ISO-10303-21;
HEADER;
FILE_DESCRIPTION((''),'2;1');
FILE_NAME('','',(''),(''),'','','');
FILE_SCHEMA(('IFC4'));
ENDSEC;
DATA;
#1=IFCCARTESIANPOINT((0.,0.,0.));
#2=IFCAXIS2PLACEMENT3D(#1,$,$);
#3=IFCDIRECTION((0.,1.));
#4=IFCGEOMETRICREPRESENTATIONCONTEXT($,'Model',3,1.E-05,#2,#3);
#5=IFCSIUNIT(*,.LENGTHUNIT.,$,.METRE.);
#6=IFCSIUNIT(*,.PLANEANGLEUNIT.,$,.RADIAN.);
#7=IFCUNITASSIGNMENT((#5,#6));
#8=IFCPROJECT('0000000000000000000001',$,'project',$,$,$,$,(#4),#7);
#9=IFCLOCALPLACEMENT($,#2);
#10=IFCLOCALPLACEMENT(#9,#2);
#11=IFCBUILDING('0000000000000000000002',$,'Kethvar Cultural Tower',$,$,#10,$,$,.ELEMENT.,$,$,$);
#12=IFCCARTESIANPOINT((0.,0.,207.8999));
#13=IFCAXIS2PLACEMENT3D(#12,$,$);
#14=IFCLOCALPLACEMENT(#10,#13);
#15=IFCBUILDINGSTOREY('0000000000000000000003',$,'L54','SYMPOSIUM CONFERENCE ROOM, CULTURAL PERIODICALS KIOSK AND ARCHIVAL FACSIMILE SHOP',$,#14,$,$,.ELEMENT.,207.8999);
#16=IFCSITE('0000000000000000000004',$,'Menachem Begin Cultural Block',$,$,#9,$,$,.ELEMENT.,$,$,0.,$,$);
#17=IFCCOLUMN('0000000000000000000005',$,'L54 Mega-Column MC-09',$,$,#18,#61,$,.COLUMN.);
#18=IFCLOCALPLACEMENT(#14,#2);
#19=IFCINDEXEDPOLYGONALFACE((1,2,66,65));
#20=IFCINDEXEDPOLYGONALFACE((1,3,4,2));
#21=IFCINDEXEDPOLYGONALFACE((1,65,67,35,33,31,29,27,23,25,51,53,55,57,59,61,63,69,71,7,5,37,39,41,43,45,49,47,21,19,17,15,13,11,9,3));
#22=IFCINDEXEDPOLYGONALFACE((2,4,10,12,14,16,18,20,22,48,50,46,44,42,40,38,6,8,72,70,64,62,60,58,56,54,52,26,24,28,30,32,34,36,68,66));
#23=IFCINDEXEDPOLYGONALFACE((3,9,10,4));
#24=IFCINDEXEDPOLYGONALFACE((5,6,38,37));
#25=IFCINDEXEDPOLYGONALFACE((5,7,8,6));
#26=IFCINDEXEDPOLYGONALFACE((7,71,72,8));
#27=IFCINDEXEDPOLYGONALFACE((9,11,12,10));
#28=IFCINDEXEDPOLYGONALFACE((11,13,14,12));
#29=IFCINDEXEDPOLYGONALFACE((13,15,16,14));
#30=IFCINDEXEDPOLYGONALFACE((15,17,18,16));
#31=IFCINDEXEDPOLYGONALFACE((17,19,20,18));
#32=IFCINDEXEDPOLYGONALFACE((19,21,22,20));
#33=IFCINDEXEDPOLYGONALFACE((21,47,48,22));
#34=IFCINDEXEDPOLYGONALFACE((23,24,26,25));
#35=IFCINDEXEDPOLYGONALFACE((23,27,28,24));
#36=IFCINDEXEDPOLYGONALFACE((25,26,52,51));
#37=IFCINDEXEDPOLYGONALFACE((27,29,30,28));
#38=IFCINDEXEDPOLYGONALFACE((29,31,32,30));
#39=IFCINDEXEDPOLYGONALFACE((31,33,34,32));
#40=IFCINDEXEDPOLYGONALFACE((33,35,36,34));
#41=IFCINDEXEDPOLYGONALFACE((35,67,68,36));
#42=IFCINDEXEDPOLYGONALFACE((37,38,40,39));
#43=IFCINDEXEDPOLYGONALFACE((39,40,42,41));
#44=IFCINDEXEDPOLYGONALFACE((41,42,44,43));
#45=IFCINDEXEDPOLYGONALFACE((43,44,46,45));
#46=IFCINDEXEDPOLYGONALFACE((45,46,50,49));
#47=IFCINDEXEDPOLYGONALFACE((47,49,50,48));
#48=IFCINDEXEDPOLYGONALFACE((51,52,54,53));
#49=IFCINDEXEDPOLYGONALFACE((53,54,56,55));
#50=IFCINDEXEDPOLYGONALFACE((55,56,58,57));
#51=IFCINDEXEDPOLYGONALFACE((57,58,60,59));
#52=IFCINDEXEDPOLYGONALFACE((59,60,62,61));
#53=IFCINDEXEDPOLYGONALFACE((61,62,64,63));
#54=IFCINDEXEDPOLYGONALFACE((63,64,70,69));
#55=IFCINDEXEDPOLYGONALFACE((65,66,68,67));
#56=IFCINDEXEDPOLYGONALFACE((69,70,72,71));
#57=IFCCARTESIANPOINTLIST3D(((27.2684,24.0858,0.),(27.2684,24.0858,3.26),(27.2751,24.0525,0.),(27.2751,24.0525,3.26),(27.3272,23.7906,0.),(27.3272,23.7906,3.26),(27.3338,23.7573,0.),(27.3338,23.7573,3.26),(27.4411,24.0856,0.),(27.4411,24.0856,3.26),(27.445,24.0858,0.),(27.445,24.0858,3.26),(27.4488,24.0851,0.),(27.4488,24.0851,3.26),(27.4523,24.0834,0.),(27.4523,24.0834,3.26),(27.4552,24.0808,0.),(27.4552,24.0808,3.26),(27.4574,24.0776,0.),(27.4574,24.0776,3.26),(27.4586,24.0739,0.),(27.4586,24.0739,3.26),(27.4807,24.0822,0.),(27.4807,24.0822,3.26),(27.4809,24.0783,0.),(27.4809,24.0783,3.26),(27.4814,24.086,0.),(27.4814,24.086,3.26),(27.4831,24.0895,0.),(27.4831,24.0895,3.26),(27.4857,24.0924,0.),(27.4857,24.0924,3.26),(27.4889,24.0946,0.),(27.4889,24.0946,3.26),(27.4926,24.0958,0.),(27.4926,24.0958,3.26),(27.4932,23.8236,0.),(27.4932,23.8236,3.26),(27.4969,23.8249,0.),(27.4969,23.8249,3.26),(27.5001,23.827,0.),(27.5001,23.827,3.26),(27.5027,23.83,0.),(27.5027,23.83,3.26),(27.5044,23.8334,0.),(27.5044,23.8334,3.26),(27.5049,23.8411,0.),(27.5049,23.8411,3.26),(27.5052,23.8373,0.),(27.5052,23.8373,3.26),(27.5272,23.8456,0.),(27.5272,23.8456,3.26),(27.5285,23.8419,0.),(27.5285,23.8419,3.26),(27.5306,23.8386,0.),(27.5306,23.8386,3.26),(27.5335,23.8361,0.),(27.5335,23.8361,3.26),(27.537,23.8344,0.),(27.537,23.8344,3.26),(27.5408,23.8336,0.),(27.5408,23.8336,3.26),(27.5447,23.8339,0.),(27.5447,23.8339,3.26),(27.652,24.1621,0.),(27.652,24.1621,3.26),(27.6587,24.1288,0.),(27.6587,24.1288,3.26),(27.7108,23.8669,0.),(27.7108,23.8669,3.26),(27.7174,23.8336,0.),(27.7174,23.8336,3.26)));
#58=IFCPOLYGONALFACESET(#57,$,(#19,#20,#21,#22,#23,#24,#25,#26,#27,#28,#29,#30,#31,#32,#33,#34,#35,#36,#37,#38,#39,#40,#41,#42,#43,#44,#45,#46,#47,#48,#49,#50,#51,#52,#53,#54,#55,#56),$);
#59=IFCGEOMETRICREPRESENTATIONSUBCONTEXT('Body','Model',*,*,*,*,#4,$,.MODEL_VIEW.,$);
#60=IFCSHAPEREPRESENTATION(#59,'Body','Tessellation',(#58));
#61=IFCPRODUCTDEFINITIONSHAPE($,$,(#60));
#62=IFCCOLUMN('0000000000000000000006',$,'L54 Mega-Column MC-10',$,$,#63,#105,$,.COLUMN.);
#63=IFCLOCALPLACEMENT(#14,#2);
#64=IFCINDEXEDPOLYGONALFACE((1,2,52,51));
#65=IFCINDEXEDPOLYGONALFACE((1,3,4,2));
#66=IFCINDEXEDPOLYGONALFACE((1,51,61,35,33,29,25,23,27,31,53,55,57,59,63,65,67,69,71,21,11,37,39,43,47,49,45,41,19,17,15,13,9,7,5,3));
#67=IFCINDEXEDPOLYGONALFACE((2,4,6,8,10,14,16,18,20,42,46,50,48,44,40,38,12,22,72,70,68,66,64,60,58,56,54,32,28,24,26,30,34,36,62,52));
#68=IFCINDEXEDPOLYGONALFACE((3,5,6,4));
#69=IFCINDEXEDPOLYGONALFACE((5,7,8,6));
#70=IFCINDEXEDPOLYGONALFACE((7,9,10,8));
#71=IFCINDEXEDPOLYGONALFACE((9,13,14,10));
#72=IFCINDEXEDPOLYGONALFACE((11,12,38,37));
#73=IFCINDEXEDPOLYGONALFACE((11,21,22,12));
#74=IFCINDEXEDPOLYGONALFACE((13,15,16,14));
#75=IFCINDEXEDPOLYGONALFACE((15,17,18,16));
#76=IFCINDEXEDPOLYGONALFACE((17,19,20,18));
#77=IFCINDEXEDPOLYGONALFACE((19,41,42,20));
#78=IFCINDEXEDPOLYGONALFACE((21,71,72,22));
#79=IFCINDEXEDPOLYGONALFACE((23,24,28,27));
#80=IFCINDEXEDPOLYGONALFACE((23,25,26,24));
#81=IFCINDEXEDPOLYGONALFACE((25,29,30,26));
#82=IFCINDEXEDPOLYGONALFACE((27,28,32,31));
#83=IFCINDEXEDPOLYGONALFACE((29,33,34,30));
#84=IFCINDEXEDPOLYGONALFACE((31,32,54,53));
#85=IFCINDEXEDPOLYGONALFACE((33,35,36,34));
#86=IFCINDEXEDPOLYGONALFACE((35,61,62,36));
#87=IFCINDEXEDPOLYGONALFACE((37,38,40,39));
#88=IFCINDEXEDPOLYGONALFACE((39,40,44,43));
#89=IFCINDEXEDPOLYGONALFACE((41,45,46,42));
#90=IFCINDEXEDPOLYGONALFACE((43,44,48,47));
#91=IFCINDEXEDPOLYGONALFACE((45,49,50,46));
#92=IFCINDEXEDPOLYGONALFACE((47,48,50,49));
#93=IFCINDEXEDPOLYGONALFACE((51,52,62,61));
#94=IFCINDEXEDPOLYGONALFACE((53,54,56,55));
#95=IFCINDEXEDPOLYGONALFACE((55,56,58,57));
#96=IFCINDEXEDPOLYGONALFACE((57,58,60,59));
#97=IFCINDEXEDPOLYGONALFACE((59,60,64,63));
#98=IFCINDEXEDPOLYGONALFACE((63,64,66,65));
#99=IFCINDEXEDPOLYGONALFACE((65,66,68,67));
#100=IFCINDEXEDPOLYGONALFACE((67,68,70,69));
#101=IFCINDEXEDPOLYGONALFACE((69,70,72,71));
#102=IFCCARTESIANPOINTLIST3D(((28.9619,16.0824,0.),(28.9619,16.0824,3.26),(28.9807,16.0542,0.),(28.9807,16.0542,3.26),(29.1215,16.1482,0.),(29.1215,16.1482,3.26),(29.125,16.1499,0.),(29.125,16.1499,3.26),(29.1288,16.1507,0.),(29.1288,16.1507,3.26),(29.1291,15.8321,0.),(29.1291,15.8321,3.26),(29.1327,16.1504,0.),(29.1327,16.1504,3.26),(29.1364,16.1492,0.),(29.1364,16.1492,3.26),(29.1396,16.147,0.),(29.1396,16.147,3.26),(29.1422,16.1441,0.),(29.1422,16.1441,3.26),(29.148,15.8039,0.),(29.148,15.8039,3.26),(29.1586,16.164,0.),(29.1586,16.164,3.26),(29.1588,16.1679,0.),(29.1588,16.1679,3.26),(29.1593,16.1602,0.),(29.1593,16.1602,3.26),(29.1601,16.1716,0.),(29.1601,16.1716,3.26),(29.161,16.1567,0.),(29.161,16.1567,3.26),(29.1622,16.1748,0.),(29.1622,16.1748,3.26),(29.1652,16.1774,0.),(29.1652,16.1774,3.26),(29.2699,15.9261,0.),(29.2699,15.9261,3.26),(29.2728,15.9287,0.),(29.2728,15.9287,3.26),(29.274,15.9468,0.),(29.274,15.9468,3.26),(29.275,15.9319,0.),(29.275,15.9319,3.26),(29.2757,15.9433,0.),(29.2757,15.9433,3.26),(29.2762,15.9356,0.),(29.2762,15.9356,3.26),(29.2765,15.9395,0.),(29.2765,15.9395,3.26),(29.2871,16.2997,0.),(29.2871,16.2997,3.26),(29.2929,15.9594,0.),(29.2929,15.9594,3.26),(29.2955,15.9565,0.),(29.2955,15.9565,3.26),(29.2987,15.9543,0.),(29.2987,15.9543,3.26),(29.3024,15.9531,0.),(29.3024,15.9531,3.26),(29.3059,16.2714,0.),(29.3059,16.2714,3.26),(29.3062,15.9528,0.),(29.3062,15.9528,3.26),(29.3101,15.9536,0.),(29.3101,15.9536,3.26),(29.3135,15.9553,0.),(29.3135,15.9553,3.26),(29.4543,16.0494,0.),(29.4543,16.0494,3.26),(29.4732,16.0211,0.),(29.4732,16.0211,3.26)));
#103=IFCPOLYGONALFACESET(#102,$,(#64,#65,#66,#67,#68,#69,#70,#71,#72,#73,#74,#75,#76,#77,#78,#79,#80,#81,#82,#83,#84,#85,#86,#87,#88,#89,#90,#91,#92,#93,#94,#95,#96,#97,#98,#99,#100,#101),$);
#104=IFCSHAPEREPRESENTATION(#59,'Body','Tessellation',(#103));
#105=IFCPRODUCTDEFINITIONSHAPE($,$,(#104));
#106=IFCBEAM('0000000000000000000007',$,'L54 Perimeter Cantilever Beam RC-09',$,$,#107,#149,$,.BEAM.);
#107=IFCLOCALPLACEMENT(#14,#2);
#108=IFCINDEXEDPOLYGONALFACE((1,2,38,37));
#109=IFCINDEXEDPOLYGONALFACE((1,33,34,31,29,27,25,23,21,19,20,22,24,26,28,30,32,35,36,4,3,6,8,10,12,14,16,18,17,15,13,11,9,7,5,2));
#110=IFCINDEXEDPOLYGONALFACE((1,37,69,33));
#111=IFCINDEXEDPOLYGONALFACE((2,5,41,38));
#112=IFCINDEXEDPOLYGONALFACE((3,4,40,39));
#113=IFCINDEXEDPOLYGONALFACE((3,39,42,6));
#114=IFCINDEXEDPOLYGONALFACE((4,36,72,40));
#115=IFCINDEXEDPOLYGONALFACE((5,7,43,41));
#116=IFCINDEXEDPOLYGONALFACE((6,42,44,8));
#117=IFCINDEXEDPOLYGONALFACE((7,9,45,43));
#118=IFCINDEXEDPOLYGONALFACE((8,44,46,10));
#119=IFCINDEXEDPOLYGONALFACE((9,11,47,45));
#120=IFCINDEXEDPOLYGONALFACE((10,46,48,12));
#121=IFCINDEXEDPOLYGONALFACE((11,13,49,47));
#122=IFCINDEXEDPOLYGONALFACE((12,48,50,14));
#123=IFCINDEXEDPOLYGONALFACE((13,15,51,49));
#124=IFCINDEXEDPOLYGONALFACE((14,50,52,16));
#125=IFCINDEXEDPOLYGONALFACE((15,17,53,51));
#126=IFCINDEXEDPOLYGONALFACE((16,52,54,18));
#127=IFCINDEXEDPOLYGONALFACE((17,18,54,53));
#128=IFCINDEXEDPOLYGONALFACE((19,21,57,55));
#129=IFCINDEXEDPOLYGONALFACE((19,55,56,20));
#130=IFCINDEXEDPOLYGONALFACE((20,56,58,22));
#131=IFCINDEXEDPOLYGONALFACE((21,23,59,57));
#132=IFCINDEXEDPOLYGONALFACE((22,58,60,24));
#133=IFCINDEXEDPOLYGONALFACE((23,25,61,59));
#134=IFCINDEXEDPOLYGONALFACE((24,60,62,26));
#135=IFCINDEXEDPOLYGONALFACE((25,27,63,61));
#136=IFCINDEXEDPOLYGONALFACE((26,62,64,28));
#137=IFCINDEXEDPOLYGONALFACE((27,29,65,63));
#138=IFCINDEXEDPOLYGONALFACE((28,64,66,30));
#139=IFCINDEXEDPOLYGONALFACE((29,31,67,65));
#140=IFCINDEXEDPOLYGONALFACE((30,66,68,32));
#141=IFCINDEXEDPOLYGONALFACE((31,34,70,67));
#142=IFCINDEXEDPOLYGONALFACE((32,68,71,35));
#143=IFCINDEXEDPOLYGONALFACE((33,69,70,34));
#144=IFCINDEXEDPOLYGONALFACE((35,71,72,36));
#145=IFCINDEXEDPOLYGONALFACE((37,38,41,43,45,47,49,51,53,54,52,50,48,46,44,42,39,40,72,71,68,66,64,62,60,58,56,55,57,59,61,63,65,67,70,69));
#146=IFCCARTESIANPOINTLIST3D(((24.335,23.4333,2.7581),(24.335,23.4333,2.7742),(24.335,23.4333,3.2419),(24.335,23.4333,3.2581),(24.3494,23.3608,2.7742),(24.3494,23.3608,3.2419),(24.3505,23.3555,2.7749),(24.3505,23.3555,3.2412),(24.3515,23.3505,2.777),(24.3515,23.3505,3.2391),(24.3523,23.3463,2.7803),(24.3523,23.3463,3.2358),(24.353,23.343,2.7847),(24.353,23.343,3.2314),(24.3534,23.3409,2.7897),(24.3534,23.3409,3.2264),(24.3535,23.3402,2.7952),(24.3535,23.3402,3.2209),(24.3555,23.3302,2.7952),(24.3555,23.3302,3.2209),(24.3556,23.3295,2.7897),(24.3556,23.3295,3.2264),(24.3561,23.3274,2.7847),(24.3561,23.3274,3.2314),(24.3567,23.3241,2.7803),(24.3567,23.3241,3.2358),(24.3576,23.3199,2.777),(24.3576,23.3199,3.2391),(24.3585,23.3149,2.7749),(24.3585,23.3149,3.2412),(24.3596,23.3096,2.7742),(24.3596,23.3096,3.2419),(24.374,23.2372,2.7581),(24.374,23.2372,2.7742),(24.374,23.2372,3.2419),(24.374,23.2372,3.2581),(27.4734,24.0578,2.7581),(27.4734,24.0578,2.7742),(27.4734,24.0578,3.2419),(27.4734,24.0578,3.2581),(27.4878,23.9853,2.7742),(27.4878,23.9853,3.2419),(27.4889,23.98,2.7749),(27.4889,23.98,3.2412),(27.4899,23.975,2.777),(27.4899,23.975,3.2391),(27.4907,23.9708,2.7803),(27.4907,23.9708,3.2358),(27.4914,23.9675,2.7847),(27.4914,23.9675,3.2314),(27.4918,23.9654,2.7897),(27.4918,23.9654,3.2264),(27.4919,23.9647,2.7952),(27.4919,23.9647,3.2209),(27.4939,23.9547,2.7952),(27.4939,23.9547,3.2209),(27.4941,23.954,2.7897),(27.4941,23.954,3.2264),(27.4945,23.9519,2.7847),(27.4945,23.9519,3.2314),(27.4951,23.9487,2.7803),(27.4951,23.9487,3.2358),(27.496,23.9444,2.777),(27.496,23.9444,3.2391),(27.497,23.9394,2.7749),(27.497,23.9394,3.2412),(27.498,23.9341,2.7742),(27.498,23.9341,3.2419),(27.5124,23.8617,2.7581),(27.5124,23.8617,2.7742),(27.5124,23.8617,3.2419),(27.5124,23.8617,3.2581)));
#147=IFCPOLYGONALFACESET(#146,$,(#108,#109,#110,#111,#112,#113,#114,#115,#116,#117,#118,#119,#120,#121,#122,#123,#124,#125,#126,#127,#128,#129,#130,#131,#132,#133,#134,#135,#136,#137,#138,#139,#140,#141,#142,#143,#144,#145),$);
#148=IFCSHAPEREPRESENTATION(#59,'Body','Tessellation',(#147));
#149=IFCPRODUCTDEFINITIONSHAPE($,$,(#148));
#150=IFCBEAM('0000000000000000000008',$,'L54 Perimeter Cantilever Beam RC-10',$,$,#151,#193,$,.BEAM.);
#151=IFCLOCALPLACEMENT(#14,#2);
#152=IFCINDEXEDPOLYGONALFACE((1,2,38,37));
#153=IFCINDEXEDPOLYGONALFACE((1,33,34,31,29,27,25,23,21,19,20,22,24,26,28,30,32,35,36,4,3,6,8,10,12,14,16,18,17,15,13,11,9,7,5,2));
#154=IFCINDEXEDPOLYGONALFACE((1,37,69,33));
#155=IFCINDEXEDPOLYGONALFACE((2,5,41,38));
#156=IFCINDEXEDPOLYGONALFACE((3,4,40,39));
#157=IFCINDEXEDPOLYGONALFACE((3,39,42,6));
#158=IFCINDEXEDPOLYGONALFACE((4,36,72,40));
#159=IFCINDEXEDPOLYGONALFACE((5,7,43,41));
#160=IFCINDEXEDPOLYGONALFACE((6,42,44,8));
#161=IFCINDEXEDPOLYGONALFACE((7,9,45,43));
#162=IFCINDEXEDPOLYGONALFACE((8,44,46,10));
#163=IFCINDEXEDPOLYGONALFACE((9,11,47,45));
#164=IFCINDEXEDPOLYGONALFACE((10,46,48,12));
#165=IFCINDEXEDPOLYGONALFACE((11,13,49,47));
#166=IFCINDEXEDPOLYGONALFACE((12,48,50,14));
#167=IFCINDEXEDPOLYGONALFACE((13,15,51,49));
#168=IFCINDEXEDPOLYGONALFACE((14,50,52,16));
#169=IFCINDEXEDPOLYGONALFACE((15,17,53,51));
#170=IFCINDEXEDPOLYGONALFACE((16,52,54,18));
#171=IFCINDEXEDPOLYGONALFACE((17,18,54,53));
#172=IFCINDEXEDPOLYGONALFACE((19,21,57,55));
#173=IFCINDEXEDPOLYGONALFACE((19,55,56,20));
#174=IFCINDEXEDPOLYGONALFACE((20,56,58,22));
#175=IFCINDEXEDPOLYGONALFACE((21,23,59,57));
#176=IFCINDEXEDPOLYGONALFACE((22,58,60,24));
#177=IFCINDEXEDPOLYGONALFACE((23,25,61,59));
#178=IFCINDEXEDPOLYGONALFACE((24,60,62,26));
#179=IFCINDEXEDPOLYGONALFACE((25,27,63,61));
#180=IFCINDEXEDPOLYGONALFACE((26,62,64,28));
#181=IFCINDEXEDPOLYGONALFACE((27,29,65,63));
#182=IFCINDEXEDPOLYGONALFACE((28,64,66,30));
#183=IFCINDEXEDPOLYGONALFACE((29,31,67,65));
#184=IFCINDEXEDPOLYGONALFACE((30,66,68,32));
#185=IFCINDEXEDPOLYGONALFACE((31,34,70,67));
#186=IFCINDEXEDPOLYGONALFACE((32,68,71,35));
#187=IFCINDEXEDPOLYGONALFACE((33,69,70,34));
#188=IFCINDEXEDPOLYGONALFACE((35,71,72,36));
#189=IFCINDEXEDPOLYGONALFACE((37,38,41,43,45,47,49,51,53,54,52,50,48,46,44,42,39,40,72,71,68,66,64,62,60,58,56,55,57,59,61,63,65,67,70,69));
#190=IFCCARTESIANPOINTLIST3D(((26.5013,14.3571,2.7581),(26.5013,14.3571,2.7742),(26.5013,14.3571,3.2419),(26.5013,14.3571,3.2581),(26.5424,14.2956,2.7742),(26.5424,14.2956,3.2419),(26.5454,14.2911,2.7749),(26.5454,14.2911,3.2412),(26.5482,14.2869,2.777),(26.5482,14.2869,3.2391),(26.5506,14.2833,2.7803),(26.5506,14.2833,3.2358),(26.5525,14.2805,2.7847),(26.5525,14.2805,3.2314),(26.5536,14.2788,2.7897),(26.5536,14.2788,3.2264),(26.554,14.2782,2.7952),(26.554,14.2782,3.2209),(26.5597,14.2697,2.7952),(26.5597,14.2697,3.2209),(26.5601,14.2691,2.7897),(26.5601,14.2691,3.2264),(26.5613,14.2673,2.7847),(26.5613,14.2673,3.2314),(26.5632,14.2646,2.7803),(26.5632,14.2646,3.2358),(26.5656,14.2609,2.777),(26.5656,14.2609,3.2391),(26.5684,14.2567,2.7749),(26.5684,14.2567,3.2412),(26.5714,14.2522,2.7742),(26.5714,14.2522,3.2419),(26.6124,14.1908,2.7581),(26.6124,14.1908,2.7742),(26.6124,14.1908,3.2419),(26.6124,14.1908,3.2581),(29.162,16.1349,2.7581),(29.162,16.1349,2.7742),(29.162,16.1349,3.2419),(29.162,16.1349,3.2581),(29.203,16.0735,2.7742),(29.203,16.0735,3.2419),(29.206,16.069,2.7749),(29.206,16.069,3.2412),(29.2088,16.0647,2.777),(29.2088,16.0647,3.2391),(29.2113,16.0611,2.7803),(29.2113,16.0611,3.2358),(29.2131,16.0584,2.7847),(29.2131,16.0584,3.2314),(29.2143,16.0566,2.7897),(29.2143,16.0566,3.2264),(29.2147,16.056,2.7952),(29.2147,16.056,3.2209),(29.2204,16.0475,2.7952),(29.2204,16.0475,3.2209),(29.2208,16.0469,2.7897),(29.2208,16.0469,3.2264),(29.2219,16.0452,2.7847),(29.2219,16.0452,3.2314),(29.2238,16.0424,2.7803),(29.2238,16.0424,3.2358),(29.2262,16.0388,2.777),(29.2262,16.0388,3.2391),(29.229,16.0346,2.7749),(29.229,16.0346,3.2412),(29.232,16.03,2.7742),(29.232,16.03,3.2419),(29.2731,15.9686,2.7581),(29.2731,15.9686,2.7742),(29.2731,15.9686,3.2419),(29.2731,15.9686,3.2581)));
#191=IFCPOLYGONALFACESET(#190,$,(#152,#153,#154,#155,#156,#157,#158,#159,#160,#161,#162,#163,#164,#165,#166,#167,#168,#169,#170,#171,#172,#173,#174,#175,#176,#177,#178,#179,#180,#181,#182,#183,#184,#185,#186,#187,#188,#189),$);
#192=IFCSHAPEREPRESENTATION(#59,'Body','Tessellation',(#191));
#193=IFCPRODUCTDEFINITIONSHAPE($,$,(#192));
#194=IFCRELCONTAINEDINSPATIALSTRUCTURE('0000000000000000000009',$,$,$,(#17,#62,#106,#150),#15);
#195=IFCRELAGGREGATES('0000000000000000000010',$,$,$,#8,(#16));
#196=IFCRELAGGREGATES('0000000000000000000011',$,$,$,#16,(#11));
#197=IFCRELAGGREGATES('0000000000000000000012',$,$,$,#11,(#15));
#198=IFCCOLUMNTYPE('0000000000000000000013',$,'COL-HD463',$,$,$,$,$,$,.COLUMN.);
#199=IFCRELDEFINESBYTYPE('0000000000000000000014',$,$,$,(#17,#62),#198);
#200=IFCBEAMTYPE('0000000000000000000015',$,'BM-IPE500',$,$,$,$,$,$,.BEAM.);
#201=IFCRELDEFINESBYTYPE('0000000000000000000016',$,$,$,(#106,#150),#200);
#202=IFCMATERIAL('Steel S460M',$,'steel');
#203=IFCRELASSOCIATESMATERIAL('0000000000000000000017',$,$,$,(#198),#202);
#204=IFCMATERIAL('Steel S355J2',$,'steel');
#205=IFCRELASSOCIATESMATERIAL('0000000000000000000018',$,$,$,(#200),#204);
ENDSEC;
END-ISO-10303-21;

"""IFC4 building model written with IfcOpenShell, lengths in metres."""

from ifc_helpers import new_model, si_unit, direction, frame, origin, origin_2d, place, context, subcontext, project, spatial, i_section, extrude, source, transform, mapped, material, material_profile, profile_set, type_object, element, save


model = new_model("IFC4")

# Units and contexts
model_context = context("Model", 3, precision=1e-05, world=origin(), true_north=direction((0.0, 1.0)))
body_context = subcontext(model_context, "Body", "Model", "MODEL_VIEW")
ifc_project = project(units=[si_unit("LENGTHUNIT", "METRE"), si_unit("PLANEANGLEUNIT", "RADIAN")], contexts=[model_context])

# Site, building, storey
site_placement = place(None, origin())
site = spatial("IfcSite", under=ifc_project, at=site_placement, Name="Menachem Begin Cultural Block", CompositionType="ELEMENT", RefElevation=0.0)
building_placement = place(site_placement, origin())
building = spatial("IfcBuilding", under=site, at=building_placement, Name="Kethvar Cultural Tower", CompositionType="ELEMENT")
storey_placement = place(building_placement, frame((0.0, 0.0, 207.8999)))
storey = spatial("IfcBuildingStorey", under=building, at=storey_placement, Name="L54", Description="SYMPOSIUM CONFERENCE ROOM, CULTURAL PERIODICALS KIOSK AND ARCHIVAL FACSIMILE SHOP", CompositionType="ELEMENT", Elevation=207.8999)

# Columns
ifc_material_1 = material(Name="Steel S460M", Category="steel")
ifc_material_profile_1 = material_profile(ifc_material_1, i_section(OverallWidth=0.3911, OverallDepth=0.335, WebThickness=0.0227, FlangeThickness=0.0339, FilletRadius=0.0149, at=origin_2d()), Name="Steel S460M — HD400x463")
ifc_profile_set_1 = profile_set([ifc_material_profile_1], Name="Steel S460M — HD400x463")
column_type = type_object("IfcColumnType", Name="COL-HD463", PredefinedType="COLUMN", material=ifc_profile_set_1)
shared_shape_1 = source(origin(), body_context, "Body", "SweptSolid", [
    extrude(i_section(OverallWidth=0.3911, OverallDepth=0.335, WebThickness=0.0227, FlangeThickness=0.0339, FilletRadius=0.0149, at=origin_2d()), origin(), (0.0, 0.0, 1.0), 3.26),
])
for number, where, z_axis, x_axis, name in (
    (1, (27.4929, 23.9597, 0.0), (0.0, 0.0, 1.0), (-0.980785, -0.19509, 0.0), "L54 Mega-Column MC-09"),
    (2, (29.2175, 16.0518, 0.0), (0.0, 0.0, 1.0), (-0.83147, -0.55557, 0.0), "L54 Mega-Column MC-10"),
):
    element("IfcColumn", number, at=place(storey_placement, frame(where, z_axis=z_axis, x_axis=x_axis)), inside=storey, type_object=column_type, Name=name, PredefinedType="COLUMN", context=body_context, shape_type="MappedRepresentation", body=[
        mapped(shared_shape_1, transform((0.0, 0.0, 0.0), scale=1.0)),
    ])

# Beams
ifc_material_2 = material(Name="Steel S355J2", Category="steel")
ifc_material_profile_2 = material_profile(ifc_material_2, i_section(OverallWidth=0.2, OverallDepth=0.5, WebThickness=0.0103, FlangeThickness=0.0161, FilletRadius=0.021, at=origin_2d()), Name="Steel S355J2 — IPE500")
ifc_profile_set_2 = profile_set([ifc_material_profile_2], Name="Steel S355J2 — IPE500")
beam_type_1 = type_object("IfcBeamType", Name="BM-IPE500", PredefinedType="BEAM", material=ifc_profile_set_2)
shared_shape_2 = source(origin(), body_context, "Body", "SweptSolid", [
    extrude(i_section(OverallWidth=0.2, OverallDepth=0.5, WebThickness=0.0103, FlangeThickness=0.0161, FilletRadius=0.021, at=origin_2d()), origin(), (0.0, 0.0, 1.0), 3.2),
])
for number, where, z_axis, x_axis, name in (
    (3, (27.4929, 23.9597, 3.0081), (-0.980771, -0.195162, 0.0), (0.195162, -0.980771, 0.0), "L54 Perimeter Cantilever Beam RC-09"),
    (4, (29.2175, 16.0518, 3.0081), (-0.831463, -0.55558, 0.0), (0.55558, -0.831463, 0.0), "L54 Perimeter Cantilever Beam RC-10"),
):
    element("IfcBeam", number, at=place(storey_placement, frame(where, z_axis=z_axis, x_axis=x_axis)), inside=storey, type_object=beam_type_1, Name=name, PredefinedType="BEAM", context=body_context, shape_type="MappedRepresentation", body=[
        mapped(shared_shape_2, transform((0.0, 0.0, 0.0), scale=1.0)),
    ])

save(model, "model.ifc")
